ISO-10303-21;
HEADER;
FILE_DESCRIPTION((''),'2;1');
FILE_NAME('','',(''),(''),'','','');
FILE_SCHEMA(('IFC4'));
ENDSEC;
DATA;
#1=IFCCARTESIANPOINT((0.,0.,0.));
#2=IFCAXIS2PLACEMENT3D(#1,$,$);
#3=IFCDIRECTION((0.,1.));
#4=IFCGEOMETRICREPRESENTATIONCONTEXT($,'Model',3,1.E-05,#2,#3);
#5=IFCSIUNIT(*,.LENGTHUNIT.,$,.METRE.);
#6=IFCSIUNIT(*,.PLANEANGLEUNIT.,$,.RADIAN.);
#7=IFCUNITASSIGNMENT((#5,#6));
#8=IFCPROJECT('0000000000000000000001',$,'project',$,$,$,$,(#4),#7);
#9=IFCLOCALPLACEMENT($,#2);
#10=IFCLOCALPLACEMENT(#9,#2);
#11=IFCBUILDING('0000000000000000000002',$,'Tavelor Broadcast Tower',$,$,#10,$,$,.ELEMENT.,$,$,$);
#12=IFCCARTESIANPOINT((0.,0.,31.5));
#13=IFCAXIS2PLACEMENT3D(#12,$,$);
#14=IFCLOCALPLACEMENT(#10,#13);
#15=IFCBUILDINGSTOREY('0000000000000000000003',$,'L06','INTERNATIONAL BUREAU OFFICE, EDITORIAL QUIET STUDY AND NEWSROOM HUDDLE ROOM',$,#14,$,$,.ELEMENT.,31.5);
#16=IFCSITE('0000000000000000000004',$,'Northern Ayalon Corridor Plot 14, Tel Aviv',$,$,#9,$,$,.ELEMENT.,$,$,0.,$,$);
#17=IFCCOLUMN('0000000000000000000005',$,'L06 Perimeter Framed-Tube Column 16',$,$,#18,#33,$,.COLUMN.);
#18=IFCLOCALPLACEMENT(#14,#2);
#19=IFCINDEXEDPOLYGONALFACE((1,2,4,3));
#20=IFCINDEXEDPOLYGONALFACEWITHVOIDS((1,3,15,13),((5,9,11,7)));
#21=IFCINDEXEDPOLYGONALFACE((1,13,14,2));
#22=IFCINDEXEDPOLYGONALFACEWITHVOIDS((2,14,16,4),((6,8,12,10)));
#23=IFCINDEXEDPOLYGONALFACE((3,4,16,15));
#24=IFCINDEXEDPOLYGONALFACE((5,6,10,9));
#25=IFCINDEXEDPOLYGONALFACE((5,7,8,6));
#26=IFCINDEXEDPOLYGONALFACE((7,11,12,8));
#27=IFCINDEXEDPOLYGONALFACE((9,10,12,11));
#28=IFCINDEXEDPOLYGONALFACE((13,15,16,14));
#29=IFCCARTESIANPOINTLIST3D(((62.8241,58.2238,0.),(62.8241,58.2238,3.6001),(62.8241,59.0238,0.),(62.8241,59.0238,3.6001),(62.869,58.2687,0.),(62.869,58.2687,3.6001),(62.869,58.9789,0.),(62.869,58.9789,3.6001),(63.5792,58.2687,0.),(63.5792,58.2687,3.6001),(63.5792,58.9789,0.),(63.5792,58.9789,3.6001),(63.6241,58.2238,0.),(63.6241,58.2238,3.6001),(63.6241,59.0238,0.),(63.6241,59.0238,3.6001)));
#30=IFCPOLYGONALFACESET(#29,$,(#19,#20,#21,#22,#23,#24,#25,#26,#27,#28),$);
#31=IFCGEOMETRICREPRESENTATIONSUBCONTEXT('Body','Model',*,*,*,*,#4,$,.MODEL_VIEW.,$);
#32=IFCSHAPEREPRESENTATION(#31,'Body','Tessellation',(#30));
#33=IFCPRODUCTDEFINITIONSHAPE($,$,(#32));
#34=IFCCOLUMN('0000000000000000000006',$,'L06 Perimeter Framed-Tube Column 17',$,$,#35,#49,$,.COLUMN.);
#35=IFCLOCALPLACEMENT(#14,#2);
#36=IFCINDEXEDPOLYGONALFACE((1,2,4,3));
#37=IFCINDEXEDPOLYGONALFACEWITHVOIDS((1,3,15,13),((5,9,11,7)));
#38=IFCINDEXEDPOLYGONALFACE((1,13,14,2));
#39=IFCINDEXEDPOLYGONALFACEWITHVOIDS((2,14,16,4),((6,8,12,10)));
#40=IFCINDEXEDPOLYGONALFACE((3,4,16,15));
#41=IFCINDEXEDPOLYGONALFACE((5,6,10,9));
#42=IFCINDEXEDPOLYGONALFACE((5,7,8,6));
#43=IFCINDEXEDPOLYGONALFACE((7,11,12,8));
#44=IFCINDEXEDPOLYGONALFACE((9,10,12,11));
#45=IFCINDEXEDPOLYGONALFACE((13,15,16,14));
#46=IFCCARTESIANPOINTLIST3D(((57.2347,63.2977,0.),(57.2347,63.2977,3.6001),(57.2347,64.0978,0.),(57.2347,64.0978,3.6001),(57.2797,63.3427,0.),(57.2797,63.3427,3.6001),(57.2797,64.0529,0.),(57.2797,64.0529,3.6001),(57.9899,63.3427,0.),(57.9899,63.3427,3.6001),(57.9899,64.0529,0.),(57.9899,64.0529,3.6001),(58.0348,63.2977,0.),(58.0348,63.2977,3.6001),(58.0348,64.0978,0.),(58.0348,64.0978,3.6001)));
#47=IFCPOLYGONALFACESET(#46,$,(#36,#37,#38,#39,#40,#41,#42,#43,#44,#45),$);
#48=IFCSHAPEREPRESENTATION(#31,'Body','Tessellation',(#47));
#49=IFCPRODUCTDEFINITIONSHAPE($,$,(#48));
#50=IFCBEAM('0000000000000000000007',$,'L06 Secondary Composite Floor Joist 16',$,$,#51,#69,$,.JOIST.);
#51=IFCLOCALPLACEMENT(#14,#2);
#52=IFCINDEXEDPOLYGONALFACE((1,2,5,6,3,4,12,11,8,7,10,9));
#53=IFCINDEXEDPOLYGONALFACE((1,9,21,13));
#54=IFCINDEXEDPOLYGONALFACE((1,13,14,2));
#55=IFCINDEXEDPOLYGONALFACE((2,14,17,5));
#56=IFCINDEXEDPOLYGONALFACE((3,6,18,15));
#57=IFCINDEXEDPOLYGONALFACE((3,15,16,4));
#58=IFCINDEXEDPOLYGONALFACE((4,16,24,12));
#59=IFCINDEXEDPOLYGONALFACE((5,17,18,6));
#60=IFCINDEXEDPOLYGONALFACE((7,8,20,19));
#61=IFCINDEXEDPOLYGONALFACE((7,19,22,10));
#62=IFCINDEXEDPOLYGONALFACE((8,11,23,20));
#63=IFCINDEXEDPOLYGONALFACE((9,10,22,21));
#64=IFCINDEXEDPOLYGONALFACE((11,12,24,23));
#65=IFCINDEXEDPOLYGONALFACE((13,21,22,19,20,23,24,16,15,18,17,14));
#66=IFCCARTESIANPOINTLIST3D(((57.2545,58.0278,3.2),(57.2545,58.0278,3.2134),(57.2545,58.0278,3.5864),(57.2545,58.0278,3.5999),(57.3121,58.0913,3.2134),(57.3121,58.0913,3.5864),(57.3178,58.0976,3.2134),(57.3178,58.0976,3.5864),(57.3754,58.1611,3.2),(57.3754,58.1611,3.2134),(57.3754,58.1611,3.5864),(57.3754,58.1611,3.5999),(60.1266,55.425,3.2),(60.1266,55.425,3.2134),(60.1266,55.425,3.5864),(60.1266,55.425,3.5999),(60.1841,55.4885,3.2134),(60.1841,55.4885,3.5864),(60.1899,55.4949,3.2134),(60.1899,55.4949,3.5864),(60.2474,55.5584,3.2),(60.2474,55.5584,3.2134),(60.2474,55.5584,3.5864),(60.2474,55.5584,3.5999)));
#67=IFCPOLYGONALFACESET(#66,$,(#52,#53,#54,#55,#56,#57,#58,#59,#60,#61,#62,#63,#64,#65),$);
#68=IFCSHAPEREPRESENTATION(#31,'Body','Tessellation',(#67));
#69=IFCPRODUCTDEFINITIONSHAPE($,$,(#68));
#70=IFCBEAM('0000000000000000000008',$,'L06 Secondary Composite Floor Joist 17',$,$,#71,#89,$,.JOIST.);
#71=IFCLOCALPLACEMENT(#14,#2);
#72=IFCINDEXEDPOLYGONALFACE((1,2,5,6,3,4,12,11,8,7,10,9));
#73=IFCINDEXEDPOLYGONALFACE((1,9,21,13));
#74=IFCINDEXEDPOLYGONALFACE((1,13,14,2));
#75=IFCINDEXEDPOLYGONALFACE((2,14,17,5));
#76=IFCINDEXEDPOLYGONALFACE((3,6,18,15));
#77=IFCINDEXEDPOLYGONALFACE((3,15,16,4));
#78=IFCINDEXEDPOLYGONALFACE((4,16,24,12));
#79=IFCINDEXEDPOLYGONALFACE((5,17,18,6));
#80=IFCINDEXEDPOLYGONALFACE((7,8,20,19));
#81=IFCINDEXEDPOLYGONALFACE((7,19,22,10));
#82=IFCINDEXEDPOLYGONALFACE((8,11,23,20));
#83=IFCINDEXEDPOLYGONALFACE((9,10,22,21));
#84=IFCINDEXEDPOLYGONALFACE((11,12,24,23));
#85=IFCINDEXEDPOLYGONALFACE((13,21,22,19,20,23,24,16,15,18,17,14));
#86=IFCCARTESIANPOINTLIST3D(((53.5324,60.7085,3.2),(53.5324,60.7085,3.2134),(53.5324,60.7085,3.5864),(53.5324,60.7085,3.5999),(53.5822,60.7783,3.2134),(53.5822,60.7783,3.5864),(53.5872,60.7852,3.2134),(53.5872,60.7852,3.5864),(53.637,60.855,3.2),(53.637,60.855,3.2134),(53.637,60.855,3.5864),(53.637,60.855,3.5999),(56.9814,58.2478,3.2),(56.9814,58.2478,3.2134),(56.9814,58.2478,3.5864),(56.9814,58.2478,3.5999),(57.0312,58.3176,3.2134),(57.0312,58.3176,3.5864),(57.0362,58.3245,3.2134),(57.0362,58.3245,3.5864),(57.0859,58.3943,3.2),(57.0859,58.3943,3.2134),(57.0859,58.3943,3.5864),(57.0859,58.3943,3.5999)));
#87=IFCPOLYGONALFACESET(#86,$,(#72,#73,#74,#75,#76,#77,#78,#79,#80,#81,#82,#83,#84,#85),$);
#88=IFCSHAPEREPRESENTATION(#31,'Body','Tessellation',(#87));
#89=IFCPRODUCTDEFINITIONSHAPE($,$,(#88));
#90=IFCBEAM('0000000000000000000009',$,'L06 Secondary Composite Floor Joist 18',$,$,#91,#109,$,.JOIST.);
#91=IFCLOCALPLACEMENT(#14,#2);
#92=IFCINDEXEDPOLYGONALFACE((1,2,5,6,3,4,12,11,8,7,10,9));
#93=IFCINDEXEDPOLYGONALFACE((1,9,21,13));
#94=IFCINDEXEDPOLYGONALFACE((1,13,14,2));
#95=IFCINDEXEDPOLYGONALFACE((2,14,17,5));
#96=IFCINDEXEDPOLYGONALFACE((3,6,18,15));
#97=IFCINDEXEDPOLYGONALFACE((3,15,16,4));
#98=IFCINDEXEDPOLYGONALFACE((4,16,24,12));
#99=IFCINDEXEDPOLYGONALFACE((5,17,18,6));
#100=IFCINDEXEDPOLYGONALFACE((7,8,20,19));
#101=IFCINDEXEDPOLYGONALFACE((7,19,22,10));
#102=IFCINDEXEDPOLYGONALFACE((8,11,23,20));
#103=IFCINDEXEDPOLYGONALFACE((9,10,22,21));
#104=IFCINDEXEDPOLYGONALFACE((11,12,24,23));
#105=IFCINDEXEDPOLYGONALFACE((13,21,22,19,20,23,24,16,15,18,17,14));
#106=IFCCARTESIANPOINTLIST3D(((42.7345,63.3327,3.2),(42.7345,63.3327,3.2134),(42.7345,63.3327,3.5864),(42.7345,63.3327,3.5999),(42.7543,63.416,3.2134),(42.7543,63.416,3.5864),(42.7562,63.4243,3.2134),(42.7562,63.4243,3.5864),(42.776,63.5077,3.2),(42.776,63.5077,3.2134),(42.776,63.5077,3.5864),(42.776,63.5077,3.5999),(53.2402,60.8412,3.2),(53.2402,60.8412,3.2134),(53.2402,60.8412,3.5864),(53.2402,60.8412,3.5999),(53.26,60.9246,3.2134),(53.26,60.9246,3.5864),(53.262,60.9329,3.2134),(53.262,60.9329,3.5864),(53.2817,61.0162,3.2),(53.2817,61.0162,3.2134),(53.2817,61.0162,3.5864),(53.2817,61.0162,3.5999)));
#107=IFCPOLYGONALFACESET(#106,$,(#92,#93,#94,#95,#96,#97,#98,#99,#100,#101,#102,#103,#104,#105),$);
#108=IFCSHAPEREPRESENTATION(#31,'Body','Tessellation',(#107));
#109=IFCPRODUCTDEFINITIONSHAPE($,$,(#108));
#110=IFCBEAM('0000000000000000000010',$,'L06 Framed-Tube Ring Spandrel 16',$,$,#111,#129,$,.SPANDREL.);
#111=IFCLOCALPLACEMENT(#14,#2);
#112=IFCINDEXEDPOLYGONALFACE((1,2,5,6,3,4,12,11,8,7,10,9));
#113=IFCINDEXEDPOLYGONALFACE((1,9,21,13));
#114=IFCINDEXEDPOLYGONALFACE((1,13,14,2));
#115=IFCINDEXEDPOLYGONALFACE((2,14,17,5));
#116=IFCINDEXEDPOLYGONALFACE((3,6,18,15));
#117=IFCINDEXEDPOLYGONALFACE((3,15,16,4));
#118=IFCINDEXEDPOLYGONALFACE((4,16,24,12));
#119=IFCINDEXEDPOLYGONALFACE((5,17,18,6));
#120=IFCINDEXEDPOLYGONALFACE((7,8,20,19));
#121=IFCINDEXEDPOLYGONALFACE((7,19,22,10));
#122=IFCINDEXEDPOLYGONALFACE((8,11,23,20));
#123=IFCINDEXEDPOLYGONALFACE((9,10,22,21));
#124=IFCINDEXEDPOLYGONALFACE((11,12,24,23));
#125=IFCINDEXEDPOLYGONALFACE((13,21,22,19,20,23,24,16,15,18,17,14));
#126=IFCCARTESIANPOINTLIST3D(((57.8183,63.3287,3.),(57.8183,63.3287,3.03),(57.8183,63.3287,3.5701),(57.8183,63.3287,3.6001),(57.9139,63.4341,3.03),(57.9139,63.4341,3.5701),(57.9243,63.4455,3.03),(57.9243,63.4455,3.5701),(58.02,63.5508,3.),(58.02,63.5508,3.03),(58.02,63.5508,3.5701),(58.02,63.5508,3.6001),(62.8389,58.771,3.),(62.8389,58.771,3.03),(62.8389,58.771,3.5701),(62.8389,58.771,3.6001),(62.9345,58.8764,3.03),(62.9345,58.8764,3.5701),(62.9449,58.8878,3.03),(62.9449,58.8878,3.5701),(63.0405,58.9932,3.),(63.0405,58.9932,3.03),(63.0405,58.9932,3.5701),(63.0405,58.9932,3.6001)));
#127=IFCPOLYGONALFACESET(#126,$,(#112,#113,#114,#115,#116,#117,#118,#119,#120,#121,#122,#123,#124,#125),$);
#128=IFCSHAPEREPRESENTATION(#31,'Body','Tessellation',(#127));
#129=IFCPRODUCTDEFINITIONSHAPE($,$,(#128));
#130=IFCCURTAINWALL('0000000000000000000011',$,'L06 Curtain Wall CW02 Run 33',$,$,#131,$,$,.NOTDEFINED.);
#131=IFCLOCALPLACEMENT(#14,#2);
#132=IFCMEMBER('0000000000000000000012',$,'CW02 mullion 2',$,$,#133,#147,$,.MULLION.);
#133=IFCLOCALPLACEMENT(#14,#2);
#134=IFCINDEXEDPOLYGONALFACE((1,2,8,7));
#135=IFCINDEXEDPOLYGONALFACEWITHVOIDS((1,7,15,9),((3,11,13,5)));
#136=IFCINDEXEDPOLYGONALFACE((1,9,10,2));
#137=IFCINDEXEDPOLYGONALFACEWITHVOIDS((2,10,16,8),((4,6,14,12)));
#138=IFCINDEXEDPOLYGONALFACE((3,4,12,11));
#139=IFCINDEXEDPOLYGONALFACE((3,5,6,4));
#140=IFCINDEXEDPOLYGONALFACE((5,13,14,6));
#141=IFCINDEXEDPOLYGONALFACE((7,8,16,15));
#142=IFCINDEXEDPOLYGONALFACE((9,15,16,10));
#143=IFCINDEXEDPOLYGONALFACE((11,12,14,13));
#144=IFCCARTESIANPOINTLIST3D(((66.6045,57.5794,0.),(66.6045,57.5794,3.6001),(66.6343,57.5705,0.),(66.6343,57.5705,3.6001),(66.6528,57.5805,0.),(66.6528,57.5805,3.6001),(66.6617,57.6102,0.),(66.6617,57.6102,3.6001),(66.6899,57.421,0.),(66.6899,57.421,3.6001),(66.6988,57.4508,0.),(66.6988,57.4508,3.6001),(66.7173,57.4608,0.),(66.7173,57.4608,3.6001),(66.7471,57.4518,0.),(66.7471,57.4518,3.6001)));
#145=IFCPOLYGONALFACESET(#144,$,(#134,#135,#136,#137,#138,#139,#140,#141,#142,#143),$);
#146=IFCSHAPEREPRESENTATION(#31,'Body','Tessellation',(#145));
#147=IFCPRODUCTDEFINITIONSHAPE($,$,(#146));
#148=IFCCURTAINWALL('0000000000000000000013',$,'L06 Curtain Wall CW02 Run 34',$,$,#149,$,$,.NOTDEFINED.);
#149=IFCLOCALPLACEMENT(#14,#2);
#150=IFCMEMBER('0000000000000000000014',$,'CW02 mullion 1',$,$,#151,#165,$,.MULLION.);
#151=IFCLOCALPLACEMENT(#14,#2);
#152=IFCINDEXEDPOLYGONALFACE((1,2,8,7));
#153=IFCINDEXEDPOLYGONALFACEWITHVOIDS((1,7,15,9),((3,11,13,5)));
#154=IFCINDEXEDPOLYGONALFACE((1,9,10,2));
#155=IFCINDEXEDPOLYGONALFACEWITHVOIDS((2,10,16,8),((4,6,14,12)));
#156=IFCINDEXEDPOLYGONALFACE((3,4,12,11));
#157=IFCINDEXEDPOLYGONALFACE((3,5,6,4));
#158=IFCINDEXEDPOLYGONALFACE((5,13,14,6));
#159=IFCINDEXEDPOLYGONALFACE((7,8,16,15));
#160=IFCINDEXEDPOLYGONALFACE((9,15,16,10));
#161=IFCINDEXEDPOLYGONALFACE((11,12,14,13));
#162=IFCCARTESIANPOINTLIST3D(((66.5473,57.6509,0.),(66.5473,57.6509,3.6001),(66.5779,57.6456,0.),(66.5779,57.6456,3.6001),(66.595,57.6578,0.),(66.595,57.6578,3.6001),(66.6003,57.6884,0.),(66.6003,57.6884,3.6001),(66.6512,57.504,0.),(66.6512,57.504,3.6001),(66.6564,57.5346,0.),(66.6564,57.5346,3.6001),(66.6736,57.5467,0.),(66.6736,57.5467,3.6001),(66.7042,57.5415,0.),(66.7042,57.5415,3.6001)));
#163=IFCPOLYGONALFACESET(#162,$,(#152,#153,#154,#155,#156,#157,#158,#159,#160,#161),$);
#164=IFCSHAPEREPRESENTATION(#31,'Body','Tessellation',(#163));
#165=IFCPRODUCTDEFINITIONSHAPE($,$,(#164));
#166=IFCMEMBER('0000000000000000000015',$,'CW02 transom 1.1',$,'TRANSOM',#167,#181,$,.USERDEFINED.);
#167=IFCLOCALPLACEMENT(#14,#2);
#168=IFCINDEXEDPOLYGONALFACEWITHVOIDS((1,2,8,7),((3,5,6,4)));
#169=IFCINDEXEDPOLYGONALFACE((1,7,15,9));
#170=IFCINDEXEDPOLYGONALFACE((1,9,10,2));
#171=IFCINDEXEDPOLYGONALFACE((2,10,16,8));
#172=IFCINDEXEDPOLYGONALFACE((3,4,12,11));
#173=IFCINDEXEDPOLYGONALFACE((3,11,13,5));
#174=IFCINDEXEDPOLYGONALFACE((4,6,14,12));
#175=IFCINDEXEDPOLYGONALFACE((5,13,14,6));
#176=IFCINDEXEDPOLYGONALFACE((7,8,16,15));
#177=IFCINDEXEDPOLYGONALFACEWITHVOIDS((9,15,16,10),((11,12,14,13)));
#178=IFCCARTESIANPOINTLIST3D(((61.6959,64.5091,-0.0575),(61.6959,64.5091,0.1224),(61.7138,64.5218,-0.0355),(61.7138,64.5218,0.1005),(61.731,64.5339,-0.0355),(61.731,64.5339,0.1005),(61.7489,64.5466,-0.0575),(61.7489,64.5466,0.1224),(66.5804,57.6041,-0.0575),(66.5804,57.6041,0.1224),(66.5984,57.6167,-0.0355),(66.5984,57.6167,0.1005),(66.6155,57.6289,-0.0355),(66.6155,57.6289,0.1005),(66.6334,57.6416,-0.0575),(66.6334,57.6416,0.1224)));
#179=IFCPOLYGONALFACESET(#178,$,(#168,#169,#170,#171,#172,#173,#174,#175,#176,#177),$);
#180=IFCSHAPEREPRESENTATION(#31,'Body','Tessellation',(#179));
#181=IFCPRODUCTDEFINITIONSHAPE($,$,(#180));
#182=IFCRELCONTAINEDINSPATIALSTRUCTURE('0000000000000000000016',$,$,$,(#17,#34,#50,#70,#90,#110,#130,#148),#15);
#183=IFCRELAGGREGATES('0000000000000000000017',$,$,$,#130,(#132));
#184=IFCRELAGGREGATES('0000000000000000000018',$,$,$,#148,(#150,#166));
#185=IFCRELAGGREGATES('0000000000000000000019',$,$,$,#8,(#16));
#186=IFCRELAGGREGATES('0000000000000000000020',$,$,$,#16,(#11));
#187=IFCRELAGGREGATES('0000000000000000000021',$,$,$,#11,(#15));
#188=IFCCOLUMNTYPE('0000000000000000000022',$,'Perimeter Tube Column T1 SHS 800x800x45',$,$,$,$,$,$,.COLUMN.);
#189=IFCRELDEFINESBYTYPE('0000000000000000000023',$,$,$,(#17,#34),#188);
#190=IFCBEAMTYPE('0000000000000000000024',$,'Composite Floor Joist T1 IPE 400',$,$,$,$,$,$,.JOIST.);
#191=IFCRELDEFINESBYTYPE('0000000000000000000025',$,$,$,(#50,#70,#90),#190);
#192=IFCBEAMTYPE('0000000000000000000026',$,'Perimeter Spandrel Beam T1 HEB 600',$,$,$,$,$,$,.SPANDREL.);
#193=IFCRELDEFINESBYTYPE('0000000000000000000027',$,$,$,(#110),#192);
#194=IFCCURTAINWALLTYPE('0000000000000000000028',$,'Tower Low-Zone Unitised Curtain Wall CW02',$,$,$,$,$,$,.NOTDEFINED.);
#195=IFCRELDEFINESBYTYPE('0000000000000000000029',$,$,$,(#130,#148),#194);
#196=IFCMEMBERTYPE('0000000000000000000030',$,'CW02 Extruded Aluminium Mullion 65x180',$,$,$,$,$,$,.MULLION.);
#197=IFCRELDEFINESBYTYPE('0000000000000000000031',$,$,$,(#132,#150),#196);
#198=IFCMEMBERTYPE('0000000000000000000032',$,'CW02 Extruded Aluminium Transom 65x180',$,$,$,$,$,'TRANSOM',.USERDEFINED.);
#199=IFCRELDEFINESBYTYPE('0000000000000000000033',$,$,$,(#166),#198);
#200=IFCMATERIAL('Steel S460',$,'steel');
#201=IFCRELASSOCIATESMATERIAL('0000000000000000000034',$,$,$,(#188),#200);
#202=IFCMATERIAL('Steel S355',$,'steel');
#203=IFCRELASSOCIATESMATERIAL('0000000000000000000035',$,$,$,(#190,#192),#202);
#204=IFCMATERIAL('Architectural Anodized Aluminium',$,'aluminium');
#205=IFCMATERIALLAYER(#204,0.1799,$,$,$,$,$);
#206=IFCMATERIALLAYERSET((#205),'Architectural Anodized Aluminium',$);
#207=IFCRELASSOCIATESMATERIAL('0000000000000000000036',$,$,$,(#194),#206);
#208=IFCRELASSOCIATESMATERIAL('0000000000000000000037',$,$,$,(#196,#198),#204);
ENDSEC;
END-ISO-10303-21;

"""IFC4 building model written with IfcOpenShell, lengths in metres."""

from ifc_helpers import new_model, si_unit, direction, frame, origin, origin_2d, place, context, subcontext, project, spatial, hollow_rectangle, i_section, extrude, source, transform, mapped, material, layer, layer_set, material_profile, profile_set, type_object, type_shapes, element, aggregate, save


model = new_model("IFC4")

# Units and contexts
model_context = context("Model", 3, precision=1e-05, world=origin(), true_north=direction((0.0, 1.0)))
body_context = subcontext(model_context, "Body", "Model", "MODEL_VIEW")
ifc_project = project(units=[si_unit("LENGTHUNIT", "METRE"), si_unit("PLANEANGLEUNIT", "RADIAN")], contexts=[model_context])

# Site, building, storey
site_placement = place(None, origin())
site = spatial("IfcSite", under=ifc_project, at=site_placement, Name="Northern Ayalon Corridor Plot 14, Tel Aviv", CompositionType="ELEMENT", RefElevation=0.0)
building_placement = place(site_placement, origin())
building = spatial("IfcBuilding", under=site, at=building_placement, Name="Tavelor Broadcast Tower", CompositionType="ELEMENT")
storey_placement = place(building_placement, frame((0.0, 0.0, 31.5)))
storey = spatial("IfcBuildingStorey", under=building, at=storey_placement, Name="L06", Description="INTERNATIONAL BUREAU OFFICE, EDITORIAL QUIET STUDY AND NEWSROOM HUDDLE ROOM", CompositionType="ELEMENT", Elevation=31.5)

# Columns
ifc_material_1 = material(Name="Steel S460", Category="steel")
ifc_material_profile_1 = material_profile(ifc_material_1, hollow_rectangle(XDim=0.8, YDim=0.8, WallThickness=0.0449, at=origin_2d()), Name="SHS 800x800x45")
ifc_profile_set_1 = profile_set([ifc_material_profile_1], Name="Steel S460")
column_type = type_object("IfcColumnType", Name="Perimeter Tube Column T1 SHS 800x800x45", PredefinedType="COLUMN", material=ifc_profile_set_1)
for number, where, z_axis, x_axis, name in (
    (1, (63.2241, 58.6238, 0.0), (0.0, 0.0, 1.0), (1.0, 0.0, 0.0), "L06 Perimeter Framed-Tube Column 16"),
    (2, (57.6348, 63.6978, 0.0), (0.0, 0.0, 1.0), (1.0, 0.0, 0.0), "L06 Perimeter Framed-Tube Column 17"),
):
    element("IfcColumn", number, at=place(storey_placement, frame(where, z_axis=z_axis, x_axis=x_axis)), inside=storey, type_object=column_type, Name=name, PredefinedType="COLUMN", context=body_context, shape_type="SweptSolid", body=[
        extrude(hollow_rectangle(XDim=0.8, YDim=0.8, WallThickness=0.0449, at=origin_2d()), origin(), (0.0, 0.0, 1.0), 3.6001),
    ])

# Beams
ifc_material_2 = material(Name="Steel S355", Category="steel")
ifc_material_profile_2 = material_profile(ifc_material_2, i_section(OverallWidth=0.1799, OverallDepth=0.3999, WebThickness=0.0085, FlangeThickness=0.0134, at=origin_2d()), Name="IPE 400")
ifc_profile_set_2 = profile_set([ifc_material_profile_2], Name="Steel S355")
beam_type_1 = type_object("IfcBeamType", Name="Composite Floor Joist T1 IPE 400", PredefinedType="JOIST", material=ifc_profile_set_2)
beam_1_placement = place(storey_placement, frame((60.187, 55.4917, 3.3999), z_axis=(-0.740991, 0.671515, 0.0), x_axis=(-0.671515, -0.740991, 0.0)))
element("IfcBeam", 3, at=beam_1_placement, inside=storey, type_object=beam_type_1, Name="L06 Secondary Composite Floor Joist 16", PredefinedType="JOIST", context=body_context, shape_type="SweptSolid", body=[
    extrude(i_section(OverallWidth=0.1799, OverallDepth=0.3999, WebThickness=0.0085, FlangeThickness=0.0134, at=origin_2d()), origin(), (0.0, 0.0, 1.0), 3.876),
])
beam_2_placement = place(storey_placement, frame((57.0337, 58.321, 3.3999), z_axis=(-0.814053, 0.580791, 0.0), x_axis=(-0.580791, -0.814053, 0.0)))
element("IfcBeam", 4, at=beam_2_placement, inside=storey, type_object=beam_type_1, Name="L06 Secondary Composite Floor Joist 17", PredefinedType="JOIST", context=body_context, shape_type="SweptSolid", body=[
    extrude(i_section(OverallWidth=0.1799, OverallDepth=0.3999, WebThickness=0.0085, FlangeThickness=0.0134, at=origin_2d()), origin(), (0.0, 0.0, 1.0), 4.2368),
])
beam_3_placement = place(storey_placement, frame((53.261, 60.9287, 3.3999), z_axis=(-0.973012, 0.230754, 0.0), x_axis=(-0.230754, -0.973012, 0.0)))
element("IfcBeam", 5, at=beam_3_placement, inside=storey, type_object=beam_type_1, Name="L06 Secondary Composite Floor Joist 18", PredefinedType="JOIST", context=body_context, shape_type="SweptSolid", body=[
    extrude(i_section(OverallWidth=0.1799, OverallDepth=0.3999, WebThickness=0.0085, FlangeThickness=0.0134, at=origin_2d()), origin(), (0.0, 0.0, 1.0), 10.7971),
])
ifc_material_profile_3 = material_profile(ifc_material_2, i_section(OverallWidth=0.3, OverallDepth=0.6001, WebThickness=0.0154, FlangeThickness=0.03, at=origin_2d()), Name="HEB 600")
ifc_profile_set_3 = profile_set([ifc_material_profile_3], Name="Steel S355")
beam_type_2 = type_object("IfcBeamType", Name="Perimeter Spandrel Beam T1 HEB 600", PredefinedType="SPANDREL", material=ifc_profile_set_3)
beam_4_placement = place(storey_placement, frame((62.9397, 58.8821, 3.3), z_axis=(-0.740416, 0.672149, 0.0), x_axis=(-0.672149, -0.740416, 0.0)))
element("IfcBeam", 6, at=beam_4_placement, inside=storey, type_object=beam_type_2, Name="L06 Framed-Tube Ring Spandrel 16", PredefinedType="SPANDREL", context=body_context, shape_type="SweptSolid", body=[
    extrude(i_section(OverallWidth=0.3, OverallDepth=0.6001, WebThickness=0.0154, FlangeThickness=0.03, at=origin_2d()), origin(), (0.0, 0.0, 1.0), 6.7808),
])

# Curtain wall, member
ifc_material_3 = material(Name="Architectural Anodized Aluminium", Category="aluminium")
ifc_layer_1 = layer(ifc_material_3, 0.1799)
ifc_layer_set_1 = layer_set([ifc_layer_1], Name="Architectural Anodized Aluminium")
curtain_wall_type = type_object("IfcCurtainWallType", Name="Tower Low-Zone Unitised Curtain Wall CW02", PredefinedType="NOTDEFINED", material=ifc_layer_set_1)
curtain_wall_1_placement = place(storey_placement, origin())
curtain_wall_1 = element("IfcCurtainWall", 7, at=curtain_wall_1_placement, inside=storey, type_object=curtain_wall_type, Name="L06 Curtain Wall CW02 Run 33", PredefinedType="NOTDEFINED")
ifc_material_profile_4 = material_profile(ifc_material_3, hollow_rectangle(XDim=0.0649, YDim=0.1799, WallThickness=0.022, at=origin_2d()), Name="RHS 65x180x22")
ifc_profile_set_4 = profile_set([ifc_material_profile_4], Name="Architectural Anodized Aluminium")
member_type_1 = type_object("IfcMemberType", Name="CW02 Extruded Aluminium Mullion 65x180", PredefinedType="MULLION", material=ifc_profile_set_4)
shared_shape_1 = source(origin(), body_context, "Body", "SweptSolid", [
    extrude(hollow_rectangle(XDim=0.0649, YDim=0.1799, WallThickness=0.022, at=origin_2d()), origin(), (0.0, 0.0, 1.0), 3.6001),
])
type_shapes(member_type_1, [shared_shape_1])
member_1_placement = place(storey_placement, frame((66.6758, 57.5156, 0.0), z_axis=(0.0, 0.0, 1.0), x_axis=(-0.880273, -0.474467, 0.0)))
member_1 = element("IfcMember", 8, at=member_1_placement, type_object=member_type_1, Name="CW02 mullion 2", PredefinedType="MULLION", context=body_context, shape_type="MappedRepresentation", body=[
    mapped(shared_shape_1, transform((0.0, 0.0, 0.0), scale=1.0)),
])

# Curtain wall, members
curtain_wall_2_placement = place(storey_placement, origin())
curtain_wall_2 = element("IfcCurtainWall", 9, at=curtain_wall_2_placement, inside=storey, type_object=curtain_wall_type, Name="L06 Curtain Wall CW02 Run 34", PredefinedType="NOTDEFINED")
member_2_placement = place(storey_placement, frame((66.6257, 57.5962, 0.0), z_axis=(0.0, 0.0, 1.0), x_axis=(-0.816389, -0.577503, 0.0)))
member_2 = element("IfcMember", 10, at=member_2_placement, type_object=member_type_1, Name="CW02 mullion 1", PredefinedType="MULLION", context=body_context, shape_type="MappedRepresentation", body=[
    mapped(shared_shape_1, transform((0.0, 0.0, 0.0), scale=1.0)),
])
ifc_material_profile_5 = material_profile(ifc_material_3, hollow_rectangle(XDim=0.0649, YDim=0.1799, WallThickness=0.022, at=origin_2d()), Name="RHS 65x180x22")
ifc_profile_set_5 = profile_set([ifc_material_profile_5], Name="Architectural Anodized Aluminium")
member_type_2 = type_object("IfcMemberType", Name="CW02 Extruded Aluminium Transom 65x180", ElementType="TRANSOM", PredefinedType="USERDEFINED", material=ifc_profile_set_5)
shared_shape_2 = source(origin(), body_context, "Body", "SweptSolid", [
    extrude(hollow_rectangle(XDim=0.0649, YDim=0.1799, WallThickness=0.022, at=origin_2d()), origin(), (0.0, 0.0, 1.0), 8.458),
])
type_shapes(member_type_2, [shared_shape_2])
member_3_placement = place(storey_placement, frame((66.6069, 57.6228, 0.0325), z_axis=(-0.577502, 0.816389, 0.0), x_axis=(-0.816389, -0.577502, 0.0)))
member_3 = element("IfcMember", 11, at=member_3_placement, type_object=member_type_2, Name="CW02 transom 1.1", ObjectType="TRANSOM", PredefinedType="USERDEFINED", context=body_context, shape_type="MappedRepresentation", body=[
    mapped(shared_shape_2, transform((0.0, 0.0, 0.0), scale=1.0)),
])

aggregate(curtain_wall_1, [member_1])
aggregate(curtain_wall_2, [member_2, member_3])

save(model, "model.ifc")
